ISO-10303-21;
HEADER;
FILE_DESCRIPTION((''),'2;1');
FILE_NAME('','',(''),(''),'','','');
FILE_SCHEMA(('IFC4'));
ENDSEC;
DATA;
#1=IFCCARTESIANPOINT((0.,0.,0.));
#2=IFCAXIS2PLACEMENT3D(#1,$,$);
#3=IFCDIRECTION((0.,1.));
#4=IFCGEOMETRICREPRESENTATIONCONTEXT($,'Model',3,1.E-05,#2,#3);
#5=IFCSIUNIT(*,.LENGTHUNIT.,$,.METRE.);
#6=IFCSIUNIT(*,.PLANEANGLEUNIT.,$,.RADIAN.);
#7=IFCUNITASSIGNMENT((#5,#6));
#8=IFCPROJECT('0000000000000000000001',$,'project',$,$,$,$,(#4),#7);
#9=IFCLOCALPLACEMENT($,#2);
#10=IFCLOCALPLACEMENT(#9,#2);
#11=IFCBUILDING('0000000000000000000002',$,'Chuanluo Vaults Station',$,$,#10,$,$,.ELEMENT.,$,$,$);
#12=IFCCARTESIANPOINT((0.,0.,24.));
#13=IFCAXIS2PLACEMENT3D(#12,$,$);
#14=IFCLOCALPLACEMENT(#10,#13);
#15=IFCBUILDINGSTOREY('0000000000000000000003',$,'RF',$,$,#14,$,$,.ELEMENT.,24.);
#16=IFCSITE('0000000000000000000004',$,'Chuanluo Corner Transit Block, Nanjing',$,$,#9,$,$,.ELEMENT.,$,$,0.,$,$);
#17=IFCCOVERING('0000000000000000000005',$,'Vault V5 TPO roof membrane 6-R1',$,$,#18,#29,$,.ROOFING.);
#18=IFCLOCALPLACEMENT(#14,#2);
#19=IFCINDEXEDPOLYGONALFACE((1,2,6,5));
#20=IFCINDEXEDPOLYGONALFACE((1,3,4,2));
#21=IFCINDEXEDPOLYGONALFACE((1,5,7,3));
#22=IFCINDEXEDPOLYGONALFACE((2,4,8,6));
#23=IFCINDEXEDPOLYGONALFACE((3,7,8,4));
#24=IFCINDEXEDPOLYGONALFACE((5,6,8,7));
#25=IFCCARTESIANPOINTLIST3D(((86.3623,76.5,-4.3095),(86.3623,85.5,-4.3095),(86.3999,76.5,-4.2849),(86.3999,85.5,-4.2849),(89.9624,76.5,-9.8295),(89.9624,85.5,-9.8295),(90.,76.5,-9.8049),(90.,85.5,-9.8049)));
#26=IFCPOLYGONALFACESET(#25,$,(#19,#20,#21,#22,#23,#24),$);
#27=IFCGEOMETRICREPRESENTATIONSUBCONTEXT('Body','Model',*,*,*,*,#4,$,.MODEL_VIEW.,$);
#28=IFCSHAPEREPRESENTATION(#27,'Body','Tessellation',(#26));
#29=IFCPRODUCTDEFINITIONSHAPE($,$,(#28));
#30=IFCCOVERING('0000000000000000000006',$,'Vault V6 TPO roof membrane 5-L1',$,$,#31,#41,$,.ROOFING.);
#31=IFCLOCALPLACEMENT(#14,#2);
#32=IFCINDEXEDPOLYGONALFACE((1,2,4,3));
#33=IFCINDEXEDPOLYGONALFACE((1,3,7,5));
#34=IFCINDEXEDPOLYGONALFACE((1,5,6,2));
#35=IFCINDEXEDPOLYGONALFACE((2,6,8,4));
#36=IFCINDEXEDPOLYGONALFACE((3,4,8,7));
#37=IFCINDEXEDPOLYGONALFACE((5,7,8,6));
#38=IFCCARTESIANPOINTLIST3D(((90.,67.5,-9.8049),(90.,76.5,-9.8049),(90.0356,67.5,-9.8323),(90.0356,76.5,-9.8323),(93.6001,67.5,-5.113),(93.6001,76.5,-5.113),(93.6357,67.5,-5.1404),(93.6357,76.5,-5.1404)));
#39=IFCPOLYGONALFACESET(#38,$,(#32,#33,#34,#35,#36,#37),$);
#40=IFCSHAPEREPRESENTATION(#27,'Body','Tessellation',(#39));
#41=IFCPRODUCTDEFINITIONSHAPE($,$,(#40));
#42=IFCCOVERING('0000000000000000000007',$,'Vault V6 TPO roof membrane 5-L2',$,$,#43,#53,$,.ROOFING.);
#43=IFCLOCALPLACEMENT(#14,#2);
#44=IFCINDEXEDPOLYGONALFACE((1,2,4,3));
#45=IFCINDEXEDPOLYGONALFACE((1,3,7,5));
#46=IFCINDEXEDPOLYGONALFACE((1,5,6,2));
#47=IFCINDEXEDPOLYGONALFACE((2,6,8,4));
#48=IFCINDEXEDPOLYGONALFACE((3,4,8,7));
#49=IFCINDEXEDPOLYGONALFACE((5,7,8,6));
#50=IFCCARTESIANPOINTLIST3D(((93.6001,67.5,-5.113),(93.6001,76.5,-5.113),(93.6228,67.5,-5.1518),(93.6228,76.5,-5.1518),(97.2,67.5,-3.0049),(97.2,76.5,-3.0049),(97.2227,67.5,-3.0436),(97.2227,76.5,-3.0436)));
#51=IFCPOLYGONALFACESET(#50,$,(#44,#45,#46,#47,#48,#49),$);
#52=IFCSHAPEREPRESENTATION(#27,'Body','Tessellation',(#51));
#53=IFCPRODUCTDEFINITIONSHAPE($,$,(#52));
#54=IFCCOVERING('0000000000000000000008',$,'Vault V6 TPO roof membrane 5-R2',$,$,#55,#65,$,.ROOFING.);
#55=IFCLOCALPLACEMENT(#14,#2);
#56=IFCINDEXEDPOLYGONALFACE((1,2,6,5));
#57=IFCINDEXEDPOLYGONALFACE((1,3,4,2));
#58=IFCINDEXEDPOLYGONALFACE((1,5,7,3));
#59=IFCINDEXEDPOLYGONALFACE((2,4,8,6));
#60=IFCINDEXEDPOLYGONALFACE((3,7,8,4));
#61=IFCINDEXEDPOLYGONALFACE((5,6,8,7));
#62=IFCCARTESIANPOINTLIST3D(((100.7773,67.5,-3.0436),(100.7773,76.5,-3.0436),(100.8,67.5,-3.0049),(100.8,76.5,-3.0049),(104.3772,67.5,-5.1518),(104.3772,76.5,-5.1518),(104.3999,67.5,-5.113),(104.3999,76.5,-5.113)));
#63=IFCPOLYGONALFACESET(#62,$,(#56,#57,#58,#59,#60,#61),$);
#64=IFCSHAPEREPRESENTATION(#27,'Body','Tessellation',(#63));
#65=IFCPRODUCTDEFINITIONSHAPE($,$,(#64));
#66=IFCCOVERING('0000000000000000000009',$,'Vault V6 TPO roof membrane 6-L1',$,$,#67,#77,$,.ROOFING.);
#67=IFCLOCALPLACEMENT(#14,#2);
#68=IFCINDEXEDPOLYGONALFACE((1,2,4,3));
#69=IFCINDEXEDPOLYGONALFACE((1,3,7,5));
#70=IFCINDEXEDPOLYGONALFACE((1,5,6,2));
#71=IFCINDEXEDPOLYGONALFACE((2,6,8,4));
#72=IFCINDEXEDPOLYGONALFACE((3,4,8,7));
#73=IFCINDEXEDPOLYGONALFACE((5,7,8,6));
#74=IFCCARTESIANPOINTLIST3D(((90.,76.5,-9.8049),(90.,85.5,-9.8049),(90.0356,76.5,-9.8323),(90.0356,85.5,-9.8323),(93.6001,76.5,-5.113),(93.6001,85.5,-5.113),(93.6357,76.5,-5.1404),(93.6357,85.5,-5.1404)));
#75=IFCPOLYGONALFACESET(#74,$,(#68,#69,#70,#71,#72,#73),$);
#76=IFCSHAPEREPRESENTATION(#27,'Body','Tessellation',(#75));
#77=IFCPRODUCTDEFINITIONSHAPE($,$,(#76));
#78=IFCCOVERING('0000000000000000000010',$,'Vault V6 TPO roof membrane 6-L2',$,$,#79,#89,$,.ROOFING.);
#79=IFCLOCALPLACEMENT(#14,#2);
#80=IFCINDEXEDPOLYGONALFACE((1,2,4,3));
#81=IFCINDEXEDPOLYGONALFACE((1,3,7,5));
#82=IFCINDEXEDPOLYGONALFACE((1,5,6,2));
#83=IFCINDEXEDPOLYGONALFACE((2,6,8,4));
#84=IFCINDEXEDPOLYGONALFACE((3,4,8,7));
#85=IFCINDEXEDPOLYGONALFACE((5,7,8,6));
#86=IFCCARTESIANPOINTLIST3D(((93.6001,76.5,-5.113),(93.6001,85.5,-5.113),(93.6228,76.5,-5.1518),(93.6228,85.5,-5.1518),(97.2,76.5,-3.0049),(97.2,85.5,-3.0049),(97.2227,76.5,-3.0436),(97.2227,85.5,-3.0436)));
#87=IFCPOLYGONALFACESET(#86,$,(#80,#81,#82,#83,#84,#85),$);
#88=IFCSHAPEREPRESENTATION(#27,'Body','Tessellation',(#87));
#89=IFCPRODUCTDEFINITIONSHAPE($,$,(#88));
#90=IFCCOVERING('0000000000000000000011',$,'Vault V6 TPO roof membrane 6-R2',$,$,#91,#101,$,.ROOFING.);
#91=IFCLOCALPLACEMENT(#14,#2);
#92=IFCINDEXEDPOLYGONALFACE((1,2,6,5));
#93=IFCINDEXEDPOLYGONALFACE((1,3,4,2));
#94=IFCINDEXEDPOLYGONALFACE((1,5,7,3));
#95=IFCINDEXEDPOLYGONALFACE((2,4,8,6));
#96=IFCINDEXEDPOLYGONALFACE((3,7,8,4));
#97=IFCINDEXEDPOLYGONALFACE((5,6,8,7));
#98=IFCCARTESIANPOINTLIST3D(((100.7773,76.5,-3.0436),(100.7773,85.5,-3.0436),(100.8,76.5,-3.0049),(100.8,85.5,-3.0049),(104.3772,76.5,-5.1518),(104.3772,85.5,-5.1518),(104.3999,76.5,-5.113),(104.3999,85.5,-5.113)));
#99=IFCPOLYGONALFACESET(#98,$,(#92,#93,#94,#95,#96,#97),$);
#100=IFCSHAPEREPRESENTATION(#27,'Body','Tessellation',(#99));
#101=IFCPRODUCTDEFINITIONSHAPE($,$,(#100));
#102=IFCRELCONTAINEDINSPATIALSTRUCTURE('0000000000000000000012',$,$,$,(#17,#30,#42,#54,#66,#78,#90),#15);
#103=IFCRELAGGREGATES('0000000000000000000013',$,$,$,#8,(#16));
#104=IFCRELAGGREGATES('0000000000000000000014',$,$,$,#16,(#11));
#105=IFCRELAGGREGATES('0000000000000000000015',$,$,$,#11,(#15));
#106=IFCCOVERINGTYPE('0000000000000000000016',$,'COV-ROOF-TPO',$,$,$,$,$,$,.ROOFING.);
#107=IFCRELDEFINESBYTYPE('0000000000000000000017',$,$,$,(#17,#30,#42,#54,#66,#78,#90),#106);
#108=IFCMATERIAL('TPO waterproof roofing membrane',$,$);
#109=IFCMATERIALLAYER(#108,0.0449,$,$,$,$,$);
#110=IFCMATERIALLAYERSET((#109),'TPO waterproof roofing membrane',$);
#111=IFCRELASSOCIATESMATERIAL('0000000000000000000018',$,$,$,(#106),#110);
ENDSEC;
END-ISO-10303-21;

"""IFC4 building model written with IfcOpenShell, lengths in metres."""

from ifc_helpers import new_model, si_unit, direction, frame, origin, place, context, subcontext, project, spatial, polyline, outline, extrude, material, layer, layer_set, type_object, element, save


model = new_model("IFC4")

# Units and contexts
model_context = context("Model", 3, precision=1e-05, world=origin(), true_north=direction((0.0, 1.0)))
body_context = subcontext(model_context, "Body", "Model", "MODEL_VIEW")
ifc_project = project(units=[si_unit("LENGTHUNIT", "METRE"), si_unit("PLANEANGLEUNIT", "RADIAN")], contexts=[model_context])

# Site, building, storey
site_placement = place(None, origin())
site = spatial("IfcSite", under=ifc_project, at=site_placement, Name="Chuanluo Corner Transit Block, Nanjing", CompositionType="ELEMENT", RefElevation=0.0)
building_placement = place(site_placement, origin())
building = spatial("IfcBuilding", under=site, at=building_placement, Name="Chuanluo Vaults Station", CompositionType="ELEMENT")
storey_placement = place(building_placement, frame((0.0, 0.0, 24.0)))
storey = spatial("IfcBuildingStorey", under=building, at=storey_placement, Name="RF", CompositionType="ELEMENT", Elevation=24.0)

# Coverings
ifc_material_1 = material(Name="TPO waterproof roofing membrane")
ifc_layer_1 = layer(ifc_material_1, 0.0449)
ifc_layer_set_1 = layer_set([ifc_layer_1], Name="TPO waterproof roofing membrane")
covering_type = type_object("IfcCoveringType", Name="COV-ROOF-TPO", PredefinedType="ROOFING", material=ifc_layer_set_1)
covering_1_placement = place(storey_placement, frame((86.3999, 76.5, -4.2849), z_axis=(0.837605, 0.0, 0.546277), x_axis=(0.546277, 0.0, -0.837605)))
element("IfcCovering", 1, at=covering_1_placement, inside=storey, type_object=covering_type, Name="Vault V5 TPO roof membrane 6-R1", PredefinedType="ROOFING", context=body_context, shape_type="SweptSolid", body=[
    extrude(outline(polyline([(0.0, 0.0), (6.5902, 0.0), (6.5902, 9.0), (0.0, 9.0), (0.0, 0.0)])), origin(), (0.0, 0.0, -1.0), 0.0449),
])
covering_2_placement = place(storey_placement, frame((90.0, 67.5, -9.8049), z_axis=(-0.793363, 0.0, 0.608749), x_axis=(0.608749, 0.0, 0.793363)))
element("IfcCovering", 2, at=covering_2_placement, inside=storey, type_object=covering_type, Name="Vault V6 TPO roof membrane 5-L1", PredefinedType="ROOFING", context=body_context, shape_type="SweptSolid", body=[
    extrude(outline(polyline([(0.0, 0.0), (5.9139, 0.0), (5.9139, 9.0), (0.0, 9.0), (0.0, 0.0)])), origin(), (0.0, 0.0, -1.0), 0.0449),
])
for number, where, z_axis, x_axis, name in (
    (3, (93.6001, 67.5, -5.113), (-0.505344, 0.0, 0.862918), (0.862918, 0.0, 0.505344), "Vault V6 TPO roof membrane 5-L2"),
    (4, (100.8, 67.5, -3.0049), (0.505344, 0.0, 0.862918), (0.862918, 0.0, -0.505344), "Vault V6 TPO roof membrane 5-R2"),
):
    element("IfcCovering", number, at=place(storey_placement, frame(where, z_axis=z_axis, x_axis=x_axis)), inside=storey, type_object=covering_type, Name=name, PredefinedType="ROOFING", context=body_context, shape_type="SweptSolid", body=[
        extrude(outline(polyline([(0.0, 0.0), (4.1717, 0.0), (4.1717, 9.0), (0.0, 9.0), (0.0, 0.0)])), origin(), (0.0, 0.0, -1.0), 0.0449),
    ])
covering_3_placement = place(storey_placement, frame((90.0, 76.5, -9.8049), z_axis=(-0.793363, 0.0, 0.608749), x_axis=(0.608749, 0.0, 0.793363)))
element("IfcCovering", 5, at=covering_3_placement, inside=storey, type_object=covering_type, Name="Vault V6 TPO roof membrane 6-L1", PredefinedType="ROOFING", context=body_context, shape_type="SweptSolid", body=[
    extrude(outline(polyline([(0.0, 0.0), (5.9139, 0.0), (5.9139, 9.0), (0.0, 9.0), (0.0, 0.0)])), origin(), (0.0, 0.0, -1.0), 0.0449),
])
for number, where, z_axis, x_axis, name in (
    (6, (93.6001, 76.5, -5.113), (-0.505344, 0.0, 0.862918), (0.862918, 0.0, 0.505344), "Vault V6 TPO roof membrane 6-L2"),
    (7, (100.8, 76.5, -3.0049), (0.505344, 0.0, 0.862918), (0.862918, 0.0, -0.505344), "Vault V6 TPO roof membrane 6-R2"),
):
    element("IfcCovering", number, at=place(storey_placement, frame(where, z_axis=z_axis, x_axis=x_axis)), inside=storey, type_object=covering_type, Name=name, PredefinedType="ROOFING", context=body_context, shape_type="SweptSolid", body=[
        extrude(outline(polyline([(0.0, 0.0), (4.1717, 0.0), (4.1717, 9.0), (0.0, 9.0), (0.0, 0.0)])), origin(), (0.0, 0.0, -1.0), 0.0449),
    ])

save(model, "model.ifc")
